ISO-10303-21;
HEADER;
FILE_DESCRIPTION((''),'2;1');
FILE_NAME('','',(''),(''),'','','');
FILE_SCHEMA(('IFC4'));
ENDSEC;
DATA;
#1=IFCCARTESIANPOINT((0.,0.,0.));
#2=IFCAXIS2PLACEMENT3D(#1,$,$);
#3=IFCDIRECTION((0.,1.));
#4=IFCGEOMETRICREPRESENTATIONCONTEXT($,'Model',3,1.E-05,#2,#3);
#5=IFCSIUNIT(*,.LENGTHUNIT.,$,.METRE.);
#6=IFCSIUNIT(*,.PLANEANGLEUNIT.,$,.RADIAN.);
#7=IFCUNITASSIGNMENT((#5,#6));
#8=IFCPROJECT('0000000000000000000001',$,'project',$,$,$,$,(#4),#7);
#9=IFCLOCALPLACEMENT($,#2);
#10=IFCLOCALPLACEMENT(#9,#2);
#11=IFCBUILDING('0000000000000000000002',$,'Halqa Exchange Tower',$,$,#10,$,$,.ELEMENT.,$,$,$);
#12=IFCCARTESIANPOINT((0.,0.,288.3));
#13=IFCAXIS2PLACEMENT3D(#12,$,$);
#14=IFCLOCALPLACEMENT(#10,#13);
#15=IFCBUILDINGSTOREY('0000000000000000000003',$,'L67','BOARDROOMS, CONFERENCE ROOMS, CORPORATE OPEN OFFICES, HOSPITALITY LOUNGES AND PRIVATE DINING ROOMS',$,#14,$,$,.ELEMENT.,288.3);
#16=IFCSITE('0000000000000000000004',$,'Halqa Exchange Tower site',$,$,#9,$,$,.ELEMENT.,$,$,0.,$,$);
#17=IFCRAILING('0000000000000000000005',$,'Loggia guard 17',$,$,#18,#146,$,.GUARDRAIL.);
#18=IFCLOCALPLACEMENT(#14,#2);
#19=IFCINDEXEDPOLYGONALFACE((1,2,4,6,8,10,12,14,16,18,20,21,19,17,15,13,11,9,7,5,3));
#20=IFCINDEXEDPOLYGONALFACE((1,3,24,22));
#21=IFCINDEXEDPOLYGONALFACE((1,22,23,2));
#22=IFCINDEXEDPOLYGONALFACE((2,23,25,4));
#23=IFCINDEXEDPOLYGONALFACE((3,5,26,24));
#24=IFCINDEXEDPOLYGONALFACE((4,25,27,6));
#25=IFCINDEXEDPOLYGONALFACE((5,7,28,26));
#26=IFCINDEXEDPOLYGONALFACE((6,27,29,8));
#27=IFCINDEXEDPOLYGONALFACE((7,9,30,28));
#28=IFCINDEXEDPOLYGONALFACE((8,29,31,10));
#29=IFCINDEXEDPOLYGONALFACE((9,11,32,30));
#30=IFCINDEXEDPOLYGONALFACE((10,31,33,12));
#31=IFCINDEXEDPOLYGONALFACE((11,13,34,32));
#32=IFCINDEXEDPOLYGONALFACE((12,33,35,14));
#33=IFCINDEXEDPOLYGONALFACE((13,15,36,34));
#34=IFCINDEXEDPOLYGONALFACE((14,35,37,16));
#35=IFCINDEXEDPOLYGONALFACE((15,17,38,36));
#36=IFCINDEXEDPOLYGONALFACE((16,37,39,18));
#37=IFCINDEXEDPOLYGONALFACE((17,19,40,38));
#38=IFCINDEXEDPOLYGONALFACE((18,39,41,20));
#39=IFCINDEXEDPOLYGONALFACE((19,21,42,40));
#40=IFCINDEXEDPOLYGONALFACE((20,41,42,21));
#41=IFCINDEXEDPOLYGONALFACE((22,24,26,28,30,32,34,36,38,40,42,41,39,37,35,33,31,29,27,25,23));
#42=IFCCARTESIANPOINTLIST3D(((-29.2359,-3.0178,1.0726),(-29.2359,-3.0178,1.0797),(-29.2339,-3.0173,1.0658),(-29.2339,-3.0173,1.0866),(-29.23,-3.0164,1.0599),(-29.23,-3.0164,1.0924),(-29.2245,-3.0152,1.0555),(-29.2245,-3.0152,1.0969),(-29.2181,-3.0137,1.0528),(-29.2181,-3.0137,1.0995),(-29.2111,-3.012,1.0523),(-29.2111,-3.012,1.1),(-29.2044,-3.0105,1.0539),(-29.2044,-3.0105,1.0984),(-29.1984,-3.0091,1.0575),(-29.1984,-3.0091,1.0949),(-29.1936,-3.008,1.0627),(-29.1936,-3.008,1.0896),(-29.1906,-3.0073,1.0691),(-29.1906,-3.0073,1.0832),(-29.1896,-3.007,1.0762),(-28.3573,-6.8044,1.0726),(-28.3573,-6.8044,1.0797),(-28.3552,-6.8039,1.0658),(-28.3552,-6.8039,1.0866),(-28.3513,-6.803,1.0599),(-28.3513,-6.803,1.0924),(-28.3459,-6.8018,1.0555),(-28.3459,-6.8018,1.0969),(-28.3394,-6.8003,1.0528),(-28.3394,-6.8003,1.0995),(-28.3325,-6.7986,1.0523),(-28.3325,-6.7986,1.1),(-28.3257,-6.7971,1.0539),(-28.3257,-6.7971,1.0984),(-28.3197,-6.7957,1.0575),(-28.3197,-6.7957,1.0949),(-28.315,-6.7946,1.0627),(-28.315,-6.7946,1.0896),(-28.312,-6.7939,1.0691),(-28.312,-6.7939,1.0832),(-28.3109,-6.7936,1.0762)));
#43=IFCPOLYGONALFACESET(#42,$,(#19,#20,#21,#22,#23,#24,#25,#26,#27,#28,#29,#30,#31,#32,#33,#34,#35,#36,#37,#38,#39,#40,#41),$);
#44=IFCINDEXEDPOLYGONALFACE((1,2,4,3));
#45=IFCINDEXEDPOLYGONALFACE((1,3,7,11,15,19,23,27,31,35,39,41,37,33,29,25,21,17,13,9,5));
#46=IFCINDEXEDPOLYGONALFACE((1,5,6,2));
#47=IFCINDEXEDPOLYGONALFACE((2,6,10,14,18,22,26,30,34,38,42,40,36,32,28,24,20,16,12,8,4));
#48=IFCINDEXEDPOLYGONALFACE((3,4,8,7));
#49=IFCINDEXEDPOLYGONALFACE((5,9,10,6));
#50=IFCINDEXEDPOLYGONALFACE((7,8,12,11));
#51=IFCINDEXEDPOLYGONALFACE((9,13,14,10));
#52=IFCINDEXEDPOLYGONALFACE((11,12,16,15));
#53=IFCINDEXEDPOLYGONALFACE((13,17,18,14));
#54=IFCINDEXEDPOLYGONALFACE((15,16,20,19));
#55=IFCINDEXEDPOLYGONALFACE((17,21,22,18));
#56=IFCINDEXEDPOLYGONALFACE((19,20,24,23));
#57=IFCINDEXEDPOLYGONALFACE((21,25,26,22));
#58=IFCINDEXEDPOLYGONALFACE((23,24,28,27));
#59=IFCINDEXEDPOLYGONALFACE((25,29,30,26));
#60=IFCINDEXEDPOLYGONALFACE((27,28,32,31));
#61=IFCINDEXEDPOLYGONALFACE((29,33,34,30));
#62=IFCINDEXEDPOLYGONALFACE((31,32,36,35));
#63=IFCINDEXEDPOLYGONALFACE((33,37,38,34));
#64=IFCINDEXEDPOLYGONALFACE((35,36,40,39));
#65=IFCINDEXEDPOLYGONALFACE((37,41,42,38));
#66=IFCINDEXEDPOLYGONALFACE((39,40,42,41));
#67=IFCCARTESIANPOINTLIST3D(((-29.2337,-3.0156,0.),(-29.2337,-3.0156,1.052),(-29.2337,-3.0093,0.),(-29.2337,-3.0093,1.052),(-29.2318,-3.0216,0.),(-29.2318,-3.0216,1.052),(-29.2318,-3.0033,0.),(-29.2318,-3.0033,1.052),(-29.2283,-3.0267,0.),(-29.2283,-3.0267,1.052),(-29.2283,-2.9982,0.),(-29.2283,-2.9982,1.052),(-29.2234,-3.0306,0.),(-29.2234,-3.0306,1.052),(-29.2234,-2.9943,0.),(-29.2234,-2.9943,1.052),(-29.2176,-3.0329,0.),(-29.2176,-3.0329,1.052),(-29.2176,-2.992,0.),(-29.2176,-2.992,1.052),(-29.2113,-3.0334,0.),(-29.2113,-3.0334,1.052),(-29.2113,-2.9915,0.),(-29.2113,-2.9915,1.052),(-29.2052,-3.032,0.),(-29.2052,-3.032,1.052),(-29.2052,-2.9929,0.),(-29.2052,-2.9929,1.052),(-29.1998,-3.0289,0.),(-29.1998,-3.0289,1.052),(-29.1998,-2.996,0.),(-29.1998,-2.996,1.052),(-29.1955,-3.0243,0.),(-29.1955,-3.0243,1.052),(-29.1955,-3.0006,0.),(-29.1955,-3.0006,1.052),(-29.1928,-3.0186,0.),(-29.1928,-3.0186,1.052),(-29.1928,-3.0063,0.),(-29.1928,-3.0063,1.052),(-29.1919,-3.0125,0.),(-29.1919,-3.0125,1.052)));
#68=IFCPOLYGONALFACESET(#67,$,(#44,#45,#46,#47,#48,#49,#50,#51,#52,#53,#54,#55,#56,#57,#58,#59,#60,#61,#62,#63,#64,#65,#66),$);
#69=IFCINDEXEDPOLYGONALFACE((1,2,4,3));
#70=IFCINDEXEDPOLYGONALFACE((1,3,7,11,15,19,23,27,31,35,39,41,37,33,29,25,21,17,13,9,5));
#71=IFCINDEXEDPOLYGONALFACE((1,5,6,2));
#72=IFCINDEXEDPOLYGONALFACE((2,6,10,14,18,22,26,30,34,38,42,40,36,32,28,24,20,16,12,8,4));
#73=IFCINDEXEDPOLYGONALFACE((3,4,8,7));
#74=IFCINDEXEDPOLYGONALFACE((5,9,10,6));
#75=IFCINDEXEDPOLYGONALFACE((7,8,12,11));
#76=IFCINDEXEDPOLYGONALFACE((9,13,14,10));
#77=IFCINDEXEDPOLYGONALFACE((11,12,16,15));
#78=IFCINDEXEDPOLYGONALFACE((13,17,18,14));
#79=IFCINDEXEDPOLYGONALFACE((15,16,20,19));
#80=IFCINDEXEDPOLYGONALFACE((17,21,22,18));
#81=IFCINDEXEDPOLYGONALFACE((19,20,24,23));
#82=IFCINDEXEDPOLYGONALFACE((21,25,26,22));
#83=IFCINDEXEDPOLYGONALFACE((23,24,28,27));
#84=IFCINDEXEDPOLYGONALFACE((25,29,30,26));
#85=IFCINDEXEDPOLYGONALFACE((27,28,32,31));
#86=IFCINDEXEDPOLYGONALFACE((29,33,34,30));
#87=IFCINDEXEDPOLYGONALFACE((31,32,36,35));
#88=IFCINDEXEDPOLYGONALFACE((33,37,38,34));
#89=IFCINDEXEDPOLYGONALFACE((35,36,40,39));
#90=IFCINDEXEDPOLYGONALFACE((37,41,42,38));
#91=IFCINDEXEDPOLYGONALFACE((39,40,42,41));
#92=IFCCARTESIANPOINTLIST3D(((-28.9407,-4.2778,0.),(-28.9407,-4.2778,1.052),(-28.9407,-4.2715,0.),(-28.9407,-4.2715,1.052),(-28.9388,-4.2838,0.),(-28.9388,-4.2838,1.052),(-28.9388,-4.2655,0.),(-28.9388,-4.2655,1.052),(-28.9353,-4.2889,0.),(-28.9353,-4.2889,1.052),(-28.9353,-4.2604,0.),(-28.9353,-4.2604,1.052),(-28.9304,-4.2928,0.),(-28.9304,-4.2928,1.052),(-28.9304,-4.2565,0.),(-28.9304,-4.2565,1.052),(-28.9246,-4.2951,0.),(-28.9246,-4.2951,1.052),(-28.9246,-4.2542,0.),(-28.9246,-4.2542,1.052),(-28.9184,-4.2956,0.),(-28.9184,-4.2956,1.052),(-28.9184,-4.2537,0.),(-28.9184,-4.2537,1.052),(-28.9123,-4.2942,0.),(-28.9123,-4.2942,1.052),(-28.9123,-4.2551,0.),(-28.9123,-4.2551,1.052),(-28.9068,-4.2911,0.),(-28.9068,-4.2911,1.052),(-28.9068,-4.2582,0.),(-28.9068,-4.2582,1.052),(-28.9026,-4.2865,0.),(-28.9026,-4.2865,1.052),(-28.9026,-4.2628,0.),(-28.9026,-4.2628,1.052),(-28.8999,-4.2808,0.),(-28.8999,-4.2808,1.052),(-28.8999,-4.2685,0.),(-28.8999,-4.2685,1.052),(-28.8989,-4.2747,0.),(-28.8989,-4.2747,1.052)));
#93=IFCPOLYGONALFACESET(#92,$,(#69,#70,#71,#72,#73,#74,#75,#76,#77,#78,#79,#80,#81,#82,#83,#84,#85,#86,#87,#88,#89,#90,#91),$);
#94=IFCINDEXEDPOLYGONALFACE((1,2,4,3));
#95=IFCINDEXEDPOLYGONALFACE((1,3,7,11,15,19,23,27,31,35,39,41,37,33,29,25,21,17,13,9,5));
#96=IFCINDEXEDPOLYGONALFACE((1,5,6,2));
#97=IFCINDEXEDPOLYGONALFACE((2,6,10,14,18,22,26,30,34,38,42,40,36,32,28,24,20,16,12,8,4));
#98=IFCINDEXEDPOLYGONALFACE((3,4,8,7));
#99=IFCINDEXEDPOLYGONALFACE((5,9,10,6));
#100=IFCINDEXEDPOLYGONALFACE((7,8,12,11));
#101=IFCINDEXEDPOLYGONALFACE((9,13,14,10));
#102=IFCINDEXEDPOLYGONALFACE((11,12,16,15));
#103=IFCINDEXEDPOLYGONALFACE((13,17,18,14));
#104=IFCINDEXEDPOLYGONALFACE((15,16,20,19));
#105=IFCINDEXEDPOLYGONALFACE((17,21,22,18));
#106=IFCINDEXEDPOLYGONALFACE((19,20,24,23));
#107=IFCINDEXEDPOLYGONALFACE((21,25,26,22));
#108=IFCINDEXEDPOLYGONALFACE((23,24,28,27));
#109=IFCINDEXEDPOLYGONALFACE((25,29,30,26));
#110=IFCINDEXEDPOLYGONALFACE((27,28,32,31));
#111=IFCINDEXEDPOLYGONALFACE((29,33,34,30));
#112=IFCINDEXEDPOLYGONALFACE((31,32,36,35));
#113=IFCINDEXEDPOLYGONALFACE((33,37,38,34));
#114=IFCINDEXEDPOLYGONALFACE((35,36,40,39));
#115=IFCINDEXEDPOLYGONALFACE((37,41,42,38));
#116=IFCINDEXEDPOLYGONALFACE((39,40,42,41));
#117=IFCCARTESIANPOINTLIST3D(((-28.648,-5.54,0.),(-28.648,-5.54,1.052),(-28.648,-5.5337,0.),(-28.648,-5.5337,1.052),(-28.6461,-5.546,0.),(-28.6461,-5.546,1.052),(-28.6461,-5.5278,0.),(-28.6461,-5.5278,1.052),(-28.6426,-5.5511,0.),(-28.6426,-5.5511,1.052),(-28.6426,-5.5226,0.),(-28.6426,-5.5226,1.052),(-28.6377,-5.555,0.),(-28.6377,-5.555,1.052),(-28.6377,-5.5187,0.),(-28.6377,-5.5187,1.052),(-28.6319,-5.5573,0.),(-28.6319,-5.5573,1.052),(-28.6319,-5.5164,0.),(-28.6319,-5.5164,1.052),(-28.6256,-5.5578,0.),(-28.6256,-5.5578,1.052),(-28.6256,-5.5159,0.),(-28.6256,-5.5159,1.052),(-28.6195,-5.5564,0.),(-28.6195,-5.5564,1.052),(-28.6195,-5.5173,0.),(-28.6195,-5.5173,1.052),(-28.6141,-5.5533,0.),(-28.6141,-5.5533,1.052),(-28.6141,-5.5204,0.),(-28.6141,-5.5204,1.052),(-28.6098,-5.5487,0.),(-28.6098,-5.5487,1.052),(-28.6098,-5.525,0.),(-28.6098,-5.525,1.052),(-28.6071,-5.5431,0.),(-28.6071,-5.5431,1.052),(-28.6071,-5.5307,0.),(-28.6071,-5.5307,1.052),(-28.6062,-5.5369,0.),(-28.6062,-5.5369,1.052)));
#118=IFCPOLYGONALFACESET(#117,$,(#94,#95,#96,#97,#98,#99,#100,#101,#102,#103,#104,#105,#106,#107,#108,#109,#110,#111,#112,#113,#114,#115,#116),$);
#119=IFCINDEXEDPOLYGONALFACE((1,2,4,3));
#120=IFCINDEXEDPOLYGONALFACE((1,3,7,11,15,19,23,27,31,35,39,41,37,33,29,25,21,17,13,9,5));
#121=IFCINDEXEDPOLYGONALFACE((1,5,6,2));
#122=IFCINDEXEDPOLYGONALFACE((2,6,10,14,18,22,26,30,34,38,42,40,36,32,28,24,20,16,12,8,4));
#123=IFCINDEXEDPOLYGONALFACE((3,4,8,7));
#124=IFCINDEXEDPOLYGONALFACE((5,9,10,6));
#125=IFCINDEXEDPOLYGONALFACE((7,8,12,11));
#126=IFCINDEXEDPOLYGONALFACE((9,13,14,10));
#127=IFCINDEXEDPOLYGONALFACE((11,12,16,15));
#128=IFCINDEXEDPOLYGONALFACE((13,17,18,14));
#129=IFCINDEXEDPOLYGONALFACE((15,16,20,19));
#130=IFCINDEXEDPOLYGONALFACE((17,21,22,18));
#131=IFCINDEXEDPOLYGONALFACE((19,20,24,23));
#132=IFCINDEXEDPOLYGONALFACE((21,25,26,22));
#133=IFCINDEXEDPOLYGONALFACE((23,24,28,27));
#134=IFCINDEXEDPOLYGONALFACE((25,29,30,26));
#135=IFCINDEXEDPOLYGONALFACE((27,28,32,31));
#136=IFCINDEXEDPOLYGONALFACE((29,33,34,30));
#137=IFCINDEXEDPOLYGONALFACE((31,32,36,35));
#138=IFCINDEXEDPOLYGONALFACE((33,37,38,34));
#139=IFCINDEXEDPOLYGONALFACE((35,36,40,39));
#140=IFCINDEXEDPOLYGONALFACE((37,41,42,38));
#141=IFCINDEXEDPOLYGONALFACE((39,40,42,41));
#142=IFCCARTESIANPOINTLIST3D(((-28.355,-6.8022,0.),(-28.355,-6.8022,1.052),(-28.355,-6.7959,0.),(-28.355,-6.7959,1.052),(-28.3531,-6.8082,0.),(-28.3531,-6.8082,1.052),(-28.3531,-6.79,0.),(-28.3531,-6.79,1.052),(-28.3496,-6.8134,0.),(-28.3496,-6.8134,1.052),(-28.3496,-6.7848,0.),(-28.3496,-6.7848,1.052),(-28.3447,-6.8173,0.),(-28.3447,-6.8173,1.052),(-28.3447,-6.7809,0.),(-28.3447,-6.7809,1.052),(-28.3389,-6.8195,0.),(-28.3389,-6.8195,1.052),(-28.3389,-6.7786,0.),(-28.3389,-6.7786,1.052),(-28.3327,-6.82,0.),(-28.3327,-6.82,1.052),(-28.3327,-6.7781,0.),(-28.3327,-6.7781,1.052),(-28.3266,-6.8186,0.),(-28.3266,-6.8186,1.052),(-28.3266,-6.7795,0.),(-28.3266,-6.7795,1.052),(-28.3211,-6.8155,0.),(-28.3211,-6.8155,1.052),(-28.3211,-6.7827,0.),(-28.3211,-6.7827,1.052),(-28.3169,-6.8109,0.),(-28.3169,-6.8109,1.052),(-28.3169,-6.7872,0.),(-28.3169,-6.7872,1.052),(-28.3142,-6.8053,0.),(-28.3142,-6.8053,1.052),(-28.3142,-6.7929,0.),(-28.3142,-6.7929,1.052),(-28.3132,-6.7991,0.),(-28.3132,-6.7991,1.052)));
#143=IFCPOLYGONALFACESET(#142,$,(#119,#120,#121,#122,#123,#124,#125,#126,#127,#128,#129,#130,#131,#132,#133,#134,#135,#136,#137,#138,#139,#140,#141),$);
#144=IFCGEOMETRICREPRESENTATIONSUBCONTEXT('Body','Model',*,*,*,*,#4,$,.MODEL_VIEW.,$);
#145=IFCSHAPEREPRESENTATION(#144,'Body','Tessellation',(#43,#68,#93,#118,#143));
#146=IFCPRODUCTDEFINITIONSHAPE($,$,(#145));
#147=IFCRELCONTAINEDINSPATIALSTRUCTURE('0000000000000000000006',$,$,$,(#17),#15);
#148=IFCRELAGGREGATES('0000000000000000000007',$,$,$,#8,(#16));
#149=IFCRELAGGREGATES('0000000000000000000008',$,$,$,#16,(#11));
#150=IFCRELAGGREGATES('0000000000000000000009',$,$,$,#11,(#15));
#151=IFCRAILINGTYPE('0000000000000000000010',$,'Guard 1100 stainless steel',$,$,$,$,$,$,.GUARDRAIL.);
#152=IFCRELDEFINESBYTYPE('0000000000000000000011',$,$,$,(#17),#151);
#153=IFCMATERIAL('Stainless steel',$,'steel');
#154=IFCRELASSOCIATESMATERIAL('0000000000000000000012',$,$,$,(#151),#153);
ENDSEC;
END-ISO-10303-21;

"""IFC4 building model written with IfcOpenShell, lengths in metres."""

from ifc_helpers import new_model, si_unit, direction, frame, origin, origin_2d, place, context, subcontext, project, spatial, circle, extrude, material, type_object, element, save


model = new_model("IFC4")

# Units and contexts
model_context = context("Model", 3, precision=1e-05, world=origin(), true_north=direction((0.0, 1.0)))
body_context = subcontext(model_context, "Body", "Model", "MODEL_VIEW")
ifc_project = project(units=[si_unit("LENGTHUNIT", "METRE"), si_unit("PLANEANGLEUNIT", "RADIAN")], contexts=[model_context])

# Site, building, storey
site_placement = place(None, origin())
site = spatial("IfcSite", under=ifc_project, at=site_placement, Name="Halqa Exchange Tower site", CompositionType="ELEMENT", RefElevation=0.0)
building_placement = place(site_placement, origin())
building = spatial("IfcBuilding", under=site, at=building_placement, Name="Halqa Exchange Tower", CompositionType="ELEMENT")
storey_placement = place(building_placement, frame((0.0, 0.0, 288.3)))
storey = spatial("IfcBuildingStorey", under=building, at=storey_placement, Name="L67", Description="BOARDROOMS, CONFERENCE ROOMS, CORPORATE OPEN OFFICES, HOSPITALITY LOUNGES AND PRIVATE DINING ROOMS", CompositionType="ELEMENT", Elevation=288.3)

# Railing
ifc_material_1 = material(Name="Stainless steel", Category="steel")
railing_type = type_object("IfcRailingType", Name="Guard 1100 stainless steel", PredefinedType="GUARDRAIL", material=ifc_material_1)
railing_1_placement = place(storey_placement, frame((-29.2129, -3.0125, 0.0)))
element("IfcRailing", 1, at=railing_1_placement, inside=storey, type_object=railing_type, Name="Loggia guard 17", PredefinedType="GUARDRAIL", context=body_context, shape_type="SweptSolid", body=[
    extrude(circle(Radius=0.0239, at=origin_2d()), frame((0.0, 0.0, 1.0762), z_axis=(0.226038, -0.974118, 0.0), x_axis=(0.974118, 0.226038, 0.0)), (0.0, 0.0, 1.0), 3.8872),
    extrude(circle(Radius=0.021, at=origin_2d()), origin(), (0.0, 0.0, 1.0), 1.052),
    extrude(circle(Radius=0.021, at=origin_2d()), frame((0.293, -1.2622, 0.0)), (0.0, 0.0, 1.0), 1.052),
    extrude(circle(Radius=0.021, at=origin_2d()), frame((0.5857, -2.5244, 0.0)), (0.0, 0.0, 1.0), 1.052),
    extrude(circle(Radius=0.021, at=origin_2d()), frame((0.8787, -3.7866, 0.0)), (0.0, 0.0, 1.0), 1.052),
])

save(model, "model.ifc")
